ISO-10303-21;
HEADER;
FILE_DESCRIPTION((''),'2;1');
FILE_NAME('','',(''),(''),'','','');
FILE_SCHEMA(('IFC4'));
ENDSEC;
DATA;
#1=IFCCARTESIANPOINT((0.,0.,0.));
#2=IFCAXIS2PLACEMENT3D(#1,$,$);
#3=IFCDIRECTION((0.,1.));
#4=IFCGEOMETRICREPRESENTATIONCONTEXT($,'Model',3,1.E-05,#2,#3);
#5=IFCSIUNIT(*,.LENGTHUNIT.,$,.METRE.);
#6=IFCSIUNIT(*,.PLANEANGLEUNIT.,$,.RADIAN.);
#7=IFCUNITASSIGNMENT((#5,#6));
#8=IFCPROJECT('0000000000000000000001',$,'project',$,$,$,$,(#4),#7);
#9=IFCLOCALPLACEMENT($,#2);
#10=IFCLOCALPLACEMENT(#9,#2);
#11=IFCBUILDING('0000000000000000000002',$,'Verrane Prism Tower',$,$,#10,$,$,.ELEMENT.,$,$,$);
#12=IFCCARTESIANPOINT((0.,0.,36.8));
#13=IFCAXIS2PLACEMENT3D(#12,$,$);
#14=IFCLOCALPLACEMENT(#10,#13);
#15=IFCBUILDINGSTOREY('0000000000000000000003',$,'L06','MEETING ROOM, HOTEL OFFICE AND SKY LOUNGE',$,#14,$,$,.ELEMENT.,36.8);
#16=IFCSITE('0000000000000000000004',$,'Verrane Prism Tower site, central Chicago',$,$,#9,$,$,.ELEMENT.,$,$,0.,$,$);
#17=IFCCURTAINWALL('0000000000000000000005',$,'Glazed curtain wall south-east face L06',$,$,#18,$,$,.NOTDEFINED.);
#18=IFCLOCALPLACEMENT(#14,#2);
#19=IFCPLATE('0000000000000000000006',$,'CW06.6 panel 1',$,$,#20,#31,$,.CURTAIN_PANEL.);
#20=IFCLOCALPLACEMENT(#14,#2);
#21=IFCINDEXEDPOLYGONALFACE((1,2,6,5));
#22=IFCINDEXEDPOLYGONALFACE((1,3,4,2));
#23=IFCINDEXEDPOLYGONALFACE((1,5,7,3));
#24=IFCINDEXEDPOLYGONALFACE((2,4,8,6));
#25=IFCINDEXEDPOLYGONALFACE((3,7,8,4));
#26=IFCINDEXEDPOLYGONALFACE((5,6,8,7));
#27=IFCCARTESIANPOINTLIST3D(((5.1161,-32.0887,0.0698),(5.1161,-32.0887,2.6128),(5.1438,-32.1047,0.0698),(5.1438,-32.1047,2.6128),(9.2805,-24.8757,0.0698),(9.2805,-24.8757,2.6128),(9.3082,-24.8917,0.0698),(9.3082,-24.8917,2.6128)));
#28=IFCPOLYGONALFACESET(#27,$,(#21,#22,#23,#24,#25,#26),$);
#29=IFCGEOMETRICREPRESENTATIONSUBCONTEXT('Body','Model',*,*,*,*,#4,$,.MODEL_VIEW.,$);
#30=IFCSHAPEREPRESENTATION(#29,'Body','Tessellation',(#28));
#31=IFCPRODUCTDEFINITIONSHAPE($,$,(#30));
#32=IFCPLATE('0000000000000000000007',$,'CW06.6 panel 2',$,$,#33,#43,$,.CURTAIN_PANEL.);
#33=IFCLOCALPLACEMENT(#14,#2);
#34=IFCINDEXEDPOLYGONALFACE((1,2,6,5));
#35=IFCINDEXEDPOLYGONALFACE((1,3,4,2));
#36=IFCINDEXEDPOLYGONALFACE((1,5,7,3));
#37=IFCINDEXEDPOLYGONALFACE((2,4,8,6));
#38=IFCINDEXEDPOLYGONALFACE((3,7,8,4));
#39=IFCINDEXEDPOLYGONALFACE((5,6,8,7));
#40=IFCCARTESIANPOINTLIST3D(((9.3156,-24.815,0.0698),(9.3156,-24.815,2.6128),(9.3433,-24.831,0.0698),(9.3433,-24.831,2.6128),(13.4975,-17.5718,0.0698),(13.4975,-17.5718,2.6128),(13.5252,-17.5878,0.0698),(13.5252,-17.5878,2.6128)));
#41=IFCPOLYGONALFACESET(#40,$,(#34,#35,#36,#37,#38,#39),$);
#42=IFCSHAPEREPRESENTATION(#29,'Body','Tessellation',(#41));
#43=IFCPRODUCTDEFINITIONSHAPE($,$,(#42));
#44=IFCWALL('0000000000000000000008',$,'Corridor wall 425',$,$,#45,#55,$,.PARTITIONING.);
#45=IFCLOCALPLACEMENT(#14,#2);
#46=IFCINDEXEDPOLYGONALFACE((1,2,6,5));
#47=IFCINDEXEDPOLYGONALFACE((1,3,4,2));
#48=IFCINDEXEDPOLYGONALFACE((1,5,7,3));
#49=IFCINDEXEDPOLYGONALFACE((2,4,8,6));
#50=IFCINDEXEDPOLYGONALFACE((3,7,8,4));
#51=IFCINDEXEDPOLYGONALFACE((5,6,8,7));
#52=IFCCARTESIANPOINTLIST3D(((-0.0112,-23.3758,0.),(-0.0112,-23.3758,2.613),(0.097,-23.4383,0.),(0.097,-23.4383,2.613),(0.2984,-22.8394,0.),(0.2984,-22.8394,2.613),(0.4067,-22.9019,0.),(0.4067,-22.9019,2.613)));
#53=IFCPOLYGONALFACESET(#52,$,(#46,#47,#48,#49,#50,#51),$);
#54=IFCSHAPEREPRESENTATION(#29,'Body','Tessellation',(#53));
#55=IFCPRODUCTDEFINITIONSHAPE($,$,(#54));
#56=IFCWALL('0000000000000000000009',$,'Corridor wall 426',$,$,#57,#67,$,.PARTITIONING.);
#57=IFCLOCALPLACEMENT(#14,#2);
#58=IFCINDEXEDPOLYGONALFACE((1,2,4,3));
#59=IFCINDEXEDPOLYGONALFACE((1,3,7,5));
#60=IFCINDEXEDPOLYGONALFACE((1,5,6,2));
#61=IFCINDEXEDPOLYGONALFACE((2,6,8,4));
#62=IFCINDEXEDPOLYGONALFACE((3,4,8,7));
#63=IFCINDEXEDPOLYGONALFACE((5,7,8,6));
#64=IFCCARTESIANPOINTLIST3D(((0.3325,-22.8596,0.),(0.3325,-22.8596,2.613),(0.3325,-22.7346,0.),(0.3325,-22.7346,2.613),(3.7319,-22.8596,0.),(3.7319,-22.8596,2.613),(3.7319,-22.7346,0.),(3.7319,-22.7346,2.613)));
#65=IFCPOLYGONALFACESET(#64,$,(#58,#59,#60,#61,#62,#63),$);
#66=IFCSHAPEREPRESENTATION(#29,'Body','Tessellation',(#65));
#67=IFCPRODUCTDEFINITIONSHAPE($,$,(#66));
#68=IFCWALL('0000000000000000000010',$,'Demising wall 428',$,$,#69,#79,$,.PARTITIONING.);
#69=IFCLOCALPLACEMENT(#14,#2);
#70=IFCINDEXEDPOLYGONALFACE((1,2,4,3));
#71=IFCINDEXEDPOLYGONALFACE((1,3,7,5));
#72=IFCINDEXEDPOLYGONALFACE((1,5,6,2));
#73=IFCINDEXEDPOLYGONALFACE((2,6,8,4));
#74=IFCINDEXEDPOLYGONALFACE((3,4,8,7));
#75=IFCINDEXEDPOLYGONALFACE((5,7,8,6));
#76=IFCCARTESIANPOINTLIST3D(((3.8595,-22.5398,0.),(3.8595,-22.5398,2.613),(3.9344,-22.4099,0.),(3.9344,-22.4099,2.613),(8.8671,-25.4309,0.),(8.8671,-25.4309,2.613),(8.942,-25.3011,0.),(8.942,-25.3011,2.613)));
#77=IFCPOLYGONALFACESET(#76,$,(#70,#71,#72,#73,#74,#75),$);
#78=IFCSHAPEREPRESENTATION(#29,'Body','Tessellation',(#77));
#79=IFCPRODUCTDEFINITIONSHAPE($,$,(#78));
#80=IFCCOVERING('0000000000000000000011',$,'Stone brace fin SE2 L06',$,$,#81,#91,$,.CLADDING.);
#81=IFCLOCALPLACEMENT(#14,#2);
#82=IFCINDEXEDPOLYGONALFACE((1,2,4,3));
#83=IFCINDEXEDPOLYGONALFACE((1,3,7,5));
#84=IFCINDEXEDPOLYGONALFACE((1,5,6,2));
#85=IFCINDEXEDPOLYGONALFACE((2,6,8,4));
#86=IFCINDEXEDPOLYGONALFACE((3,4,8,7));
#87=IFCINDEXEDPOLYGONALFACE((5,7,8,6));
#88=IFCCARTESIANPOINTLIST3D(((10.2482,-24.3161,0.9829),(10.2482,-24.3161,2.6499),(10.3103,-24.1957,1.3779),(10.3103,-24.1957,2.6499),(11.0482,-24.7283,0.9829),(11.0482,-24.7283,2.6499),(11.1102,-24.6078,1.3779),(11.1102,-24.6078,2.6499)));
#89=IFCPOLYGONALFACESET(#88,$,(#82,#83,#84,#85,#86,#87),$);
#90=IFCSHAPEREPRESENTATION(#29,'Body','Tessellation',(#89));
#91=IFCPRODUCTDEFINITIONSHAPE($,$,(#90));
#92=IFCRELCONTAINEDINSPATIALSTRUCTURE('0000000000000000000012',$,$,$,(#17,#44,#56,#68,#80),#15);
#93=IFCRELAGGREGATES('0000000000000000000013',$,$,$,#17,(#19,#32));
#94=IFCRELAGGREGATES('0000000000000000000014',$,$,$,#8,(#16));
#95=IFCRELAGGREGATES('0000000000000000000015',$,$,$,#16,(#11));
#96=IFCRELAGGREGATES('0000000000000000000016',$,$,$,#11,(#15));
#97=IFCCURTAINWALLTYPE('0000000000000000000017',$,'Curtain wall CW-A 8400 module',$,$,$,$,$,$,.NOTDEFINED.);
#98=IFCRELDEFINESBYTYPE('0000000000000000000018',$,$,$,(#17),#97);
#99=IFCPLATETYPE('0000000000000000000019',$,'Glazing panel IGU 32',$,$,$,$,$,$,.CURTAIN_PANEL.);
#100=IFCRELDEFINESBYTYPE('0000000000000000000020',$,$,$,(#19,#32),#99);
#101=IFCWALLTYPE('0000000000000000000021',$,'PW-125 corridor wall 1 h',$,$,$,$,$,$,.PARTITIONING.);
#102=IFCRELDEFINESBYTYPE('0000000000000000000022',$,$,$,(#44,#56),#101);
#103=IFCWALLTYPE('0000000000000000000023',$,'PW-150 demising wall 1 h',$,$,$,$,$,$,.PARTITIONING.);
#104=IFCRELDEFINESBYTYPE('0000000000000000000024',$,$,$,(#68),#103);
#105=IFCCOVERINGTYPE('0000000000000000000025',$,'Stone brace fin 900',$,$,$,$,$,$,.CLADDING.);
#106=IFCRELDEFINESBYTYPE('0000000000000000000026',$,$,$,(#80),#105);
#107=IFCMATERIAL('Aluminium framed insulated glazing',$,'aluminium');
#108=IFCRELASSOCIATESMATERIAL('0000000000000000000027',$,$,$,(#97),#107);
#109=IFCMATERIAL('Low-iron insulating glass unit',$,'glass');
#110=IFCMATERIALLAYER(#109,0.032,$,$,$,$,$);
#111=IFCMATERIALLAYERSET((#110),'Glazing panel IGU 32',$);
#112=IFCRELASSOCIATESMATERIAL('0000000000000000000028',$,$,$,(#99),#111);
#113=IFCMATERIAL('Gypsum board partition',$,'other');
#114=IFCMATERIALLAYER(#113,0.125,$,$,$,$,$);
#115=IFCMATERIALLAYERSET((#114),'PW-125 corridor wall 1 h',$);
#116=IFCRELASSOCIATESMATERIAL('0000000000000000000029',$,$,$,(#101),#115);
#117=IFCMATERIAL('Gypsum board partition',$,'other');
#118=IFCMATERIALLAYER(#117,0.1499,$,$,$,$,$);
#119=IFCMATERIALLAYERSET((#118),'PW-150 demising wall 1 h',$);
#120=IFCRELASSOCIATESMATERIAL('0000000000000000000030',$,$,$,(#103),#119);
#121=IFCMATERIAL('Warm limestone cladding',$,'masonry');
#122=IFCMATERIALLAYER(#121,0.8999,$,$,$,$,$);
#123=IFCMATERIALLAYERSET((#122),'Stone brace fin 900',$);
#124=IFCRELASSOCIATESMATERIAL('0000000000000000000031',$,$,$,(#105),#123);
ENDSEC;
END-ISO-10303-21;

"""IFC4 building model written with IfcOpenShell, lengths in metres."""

from ifc_helpers import new_model, si_unit, direction, frame, frame_2d, origin, origin_2d, place, context, subcontext, project, spatial, polyline, rectangle, outline, extrude, material, layer, layer_set, type_object, element, aggregate, save


model = new_model("IFC4")

# Units and contexts
model_context = context("Model", 3, precision=1e-05, world=origin(), true_north=direction((0.0, 1.0)))
body_context = subcontext(model_context, "Body", "Model", "MODEL_VIEW")
ifc_project = project(units=[si_unit("LENGTHUNIT", "METRE"), si_unit("PLANEANGLEUNIT", "RADIAN")], contexts=[model_context])

# Site, building, storey
site_placement = place(None, origin())
site = spatial("IfcSite", under=ifc_project, at=site_placement, Name="Verrane Prism Tower site, central Chicago", CompositionType="ELEMENT", RefElevation=0.0)
building_placement = place(site_placement, origin())
building = spatial("IfcBuilding", under=site, at=building_placement, Name="Verrane Prism Tower", CompositionType="ELEMENT")
storey_placement = place(building_placement, frame((0.0, 0.0, 36.8)))
storey = spatial("IfcBuildingStorey", under=building, at=storey_placement, Name="L06", Description="MEETING ROOM, HOTEL OFFICE AND SKY LOUNGE", CompositionType="ELEMENT", Elevation=36.8)

# Curtain wall
ifc_material_1 = material(Name="Aluminium framed insulated glazing", Category="aluminium")
curtain_wall_type = type_object("IfcCurtainWallType", Name="Curtain wall CW-A 8400 module", PredefinedType="NOTDEFINED", material=ifc_material_1)
curtain_wall_1_placement = place(storey_placement, origin())
curtain_wall_1 = element("IfcCurtainWall", 1, at=curtain_wall_1_placement, inside=storey, type_object=curtain_wall_type, Name="Glazed curtain wall south-east face L06", PredefinedType="NOTDEFINED")

# Shared definitions
ifc_material_2 = material(Name="Low-iron insulating glass unit", Category="glass")
ifc_layer_1 = layer(ifc_material_2, 0.032)
ifc_layer_set_1 = layer_set([ifc_layer_1], Name="Glazing panel IGU 32")
plate_type = type_object("IfcPlateType", Name="Glazing panel IGU 32", PredefinedType="CURTAIN_PANEL", material=ifc_layer_set_1)

# Plates
plate_1_placement = place(storey_placement, frame((7.2122, -28.4902, 0.0698), z_axis=(0.0, 0.0, 1.0), x_axis=(0.5, 0.866025, 0.0)))
plate_1 = element("IfcPlate", 2, at=plate_1_placement, type_object=plate_type, Name="CW06.6 panel 1", PredefinedType="CURTAIN_PANEL", context=body_context, shape_type="SweptSolid", body=[
    extrude(rectangle(XDim=8.3289, YDim=0.032, at=origin_2d()), origin(), (0.0, 0.0, 1.0), 2.543),
])
plate_2_placement = place(storey_placement, frame((11.4204, -21.2014, 0.0698), z_axis=(0.0, 0.0, 1.0), x_axis=(0.5, 0.866025, 0.0)))
plate_2 = element("IfcPlate", 3, at=plate_2_placement, type_object=plate_type, Name="CW06.6 panel 2", PredefinedType="CURTAIN_PANEL", context=body_context, shape_type="SweptSolid", body=[
    extrude(rectangle(XDim=8.3638, YDim=0.032, at=origin_2d()), origin(), (0.0, 0.0, 1.0), 2.543),
])
aggregate(curtain_wall_1, [plate_1, plate_2])

# Walls
ifc_material_3 = material(Name="Gypsum board partition", Category="other")
ifc_layer_2 = layer(ifc_material_3, 0.125)
ifc_layer_set_2 = layer_set([ifc_layer_2], Name="PW-125 corridor wall 1 h")
wall_type_1 = type_object("IfcWallType", Name="PW-125 corridor wall 1 h", PredefinedType="PARTITIONING", material=ifc_layer_set_2)
wall_1_placement = place(storey_placement, frame((0.043, -23.407, 0.0), z_axis=(0.0, 0.0, 1.0), x_axis=(0.49987, 0.8661, 0.0)))
element("IfcWall", 4, at=wall_1_placement, inside=storey, type_object=wall_type_1, Name="Corridor wall 425", PredefinedType="PARTITIONING", context=body_context, shape_type="SweptSolid", body=[
    extrude(rectangle(XDim=0.6194, YDim=0.125, at=frame_2d((0.3096, 0.0))), origin(), (0.0, 0.0, 1.0), 2.613),
])
wall_2_placement = place(storey_placement, frame((0.3325, -22.7971, 0.0), z_axis=(0.0, 0.0, 1.0), x_axis=(1.0, 0.0, 0.0)))
element("IfcWall", 5, at=wall_2_placement, inside=storey, type_object=wall_type_1, Name="Corridor wall 426", PredefinedType="PARTITIONING", context=body_context, shape_type="SweptSolid", body=[
    extrude(rectangle(XDim=3.3994, YDim=0.125, at=frame_2d((1.6997, 0.0))), origin(), (0.0, 0.0, 1.0), 2.613),
])
ifc_material_4 = material(Name="Gypsum board partition", Category="other")
ifc_layer_3 = layer(ifc_material_4, 0.1499)
ifc_layer_set_3 = layer_set([ifc_layer_3], Name="PW-150 demising wall 1 h")
wall_type_2 = type_object("IfcWallType", Name="PW-150 demising wall 1 h", PredefinedType="PARTITIONING", material=ifc_layer_set_3)
wall_3_placement = place(storey_placement, frame((3.897, -22.4749, 0.0), z_axis=(0.0, 0.0, 1.0), x_axis=(0.866026, -0.499999, 0.0)))
element("IfcWall", 6, at=wall_3_placement, inside=storey, type_object=wall_type_2, Name="Demising wall 428", PredefinedType="PARTITIONING", context=body_context, shape_type="SweptSolid", body=[
    extrude(rectangle(XDim=5.7822, YDim=0.1499, at=frame_2d((2.8911, 0.0))), origin(), (0.0, 0.0, 1.0), 2.613),
])

# Covering
ifc_material_5 = material(Name="Warm limestone cladding", Category="masonry")
ifc_layer_4 = layer(ifc_material_5, 0.8999)
ifc_layer_set_4 = layer_set([ifc_layer_4], Name="Stone brace fin 900")
covering_type = type_object("IfcCoveringType", Name="Stone brace fin 900", PredefinedType="CLADDING", material=ifc_layer_set_4)
covering_placement = place(storey_placement, frame((10.6482, -24.5222, 0.9829), z_axis=(0.0, 0.0, 1.0), x_axis=(0.458, 0.888952, 0.0)))
element("IfcCovering", 7, at=covering_placement, inside=storey, type_object=covering_type, Name="Stone brace fin SE2 L06", PredefinedType="CLADDING", context=body_context, shape_type="SweptSolid", body=[
    extrude(outline(polyline([(0.1355, 1.667), (0.0, 1.667), (0.0, 0.0), (0.1355, 0.395), (0.1355, 1.667)])), frame((0.0, 0.45, 0.0), z_axis=(0.0, -1.0, 0.0), x_axis=(1.0, 0.0, 0.0)), (0.0, 0.0, 1.0), 0.8999),
])

save(model, "model.ifc")
